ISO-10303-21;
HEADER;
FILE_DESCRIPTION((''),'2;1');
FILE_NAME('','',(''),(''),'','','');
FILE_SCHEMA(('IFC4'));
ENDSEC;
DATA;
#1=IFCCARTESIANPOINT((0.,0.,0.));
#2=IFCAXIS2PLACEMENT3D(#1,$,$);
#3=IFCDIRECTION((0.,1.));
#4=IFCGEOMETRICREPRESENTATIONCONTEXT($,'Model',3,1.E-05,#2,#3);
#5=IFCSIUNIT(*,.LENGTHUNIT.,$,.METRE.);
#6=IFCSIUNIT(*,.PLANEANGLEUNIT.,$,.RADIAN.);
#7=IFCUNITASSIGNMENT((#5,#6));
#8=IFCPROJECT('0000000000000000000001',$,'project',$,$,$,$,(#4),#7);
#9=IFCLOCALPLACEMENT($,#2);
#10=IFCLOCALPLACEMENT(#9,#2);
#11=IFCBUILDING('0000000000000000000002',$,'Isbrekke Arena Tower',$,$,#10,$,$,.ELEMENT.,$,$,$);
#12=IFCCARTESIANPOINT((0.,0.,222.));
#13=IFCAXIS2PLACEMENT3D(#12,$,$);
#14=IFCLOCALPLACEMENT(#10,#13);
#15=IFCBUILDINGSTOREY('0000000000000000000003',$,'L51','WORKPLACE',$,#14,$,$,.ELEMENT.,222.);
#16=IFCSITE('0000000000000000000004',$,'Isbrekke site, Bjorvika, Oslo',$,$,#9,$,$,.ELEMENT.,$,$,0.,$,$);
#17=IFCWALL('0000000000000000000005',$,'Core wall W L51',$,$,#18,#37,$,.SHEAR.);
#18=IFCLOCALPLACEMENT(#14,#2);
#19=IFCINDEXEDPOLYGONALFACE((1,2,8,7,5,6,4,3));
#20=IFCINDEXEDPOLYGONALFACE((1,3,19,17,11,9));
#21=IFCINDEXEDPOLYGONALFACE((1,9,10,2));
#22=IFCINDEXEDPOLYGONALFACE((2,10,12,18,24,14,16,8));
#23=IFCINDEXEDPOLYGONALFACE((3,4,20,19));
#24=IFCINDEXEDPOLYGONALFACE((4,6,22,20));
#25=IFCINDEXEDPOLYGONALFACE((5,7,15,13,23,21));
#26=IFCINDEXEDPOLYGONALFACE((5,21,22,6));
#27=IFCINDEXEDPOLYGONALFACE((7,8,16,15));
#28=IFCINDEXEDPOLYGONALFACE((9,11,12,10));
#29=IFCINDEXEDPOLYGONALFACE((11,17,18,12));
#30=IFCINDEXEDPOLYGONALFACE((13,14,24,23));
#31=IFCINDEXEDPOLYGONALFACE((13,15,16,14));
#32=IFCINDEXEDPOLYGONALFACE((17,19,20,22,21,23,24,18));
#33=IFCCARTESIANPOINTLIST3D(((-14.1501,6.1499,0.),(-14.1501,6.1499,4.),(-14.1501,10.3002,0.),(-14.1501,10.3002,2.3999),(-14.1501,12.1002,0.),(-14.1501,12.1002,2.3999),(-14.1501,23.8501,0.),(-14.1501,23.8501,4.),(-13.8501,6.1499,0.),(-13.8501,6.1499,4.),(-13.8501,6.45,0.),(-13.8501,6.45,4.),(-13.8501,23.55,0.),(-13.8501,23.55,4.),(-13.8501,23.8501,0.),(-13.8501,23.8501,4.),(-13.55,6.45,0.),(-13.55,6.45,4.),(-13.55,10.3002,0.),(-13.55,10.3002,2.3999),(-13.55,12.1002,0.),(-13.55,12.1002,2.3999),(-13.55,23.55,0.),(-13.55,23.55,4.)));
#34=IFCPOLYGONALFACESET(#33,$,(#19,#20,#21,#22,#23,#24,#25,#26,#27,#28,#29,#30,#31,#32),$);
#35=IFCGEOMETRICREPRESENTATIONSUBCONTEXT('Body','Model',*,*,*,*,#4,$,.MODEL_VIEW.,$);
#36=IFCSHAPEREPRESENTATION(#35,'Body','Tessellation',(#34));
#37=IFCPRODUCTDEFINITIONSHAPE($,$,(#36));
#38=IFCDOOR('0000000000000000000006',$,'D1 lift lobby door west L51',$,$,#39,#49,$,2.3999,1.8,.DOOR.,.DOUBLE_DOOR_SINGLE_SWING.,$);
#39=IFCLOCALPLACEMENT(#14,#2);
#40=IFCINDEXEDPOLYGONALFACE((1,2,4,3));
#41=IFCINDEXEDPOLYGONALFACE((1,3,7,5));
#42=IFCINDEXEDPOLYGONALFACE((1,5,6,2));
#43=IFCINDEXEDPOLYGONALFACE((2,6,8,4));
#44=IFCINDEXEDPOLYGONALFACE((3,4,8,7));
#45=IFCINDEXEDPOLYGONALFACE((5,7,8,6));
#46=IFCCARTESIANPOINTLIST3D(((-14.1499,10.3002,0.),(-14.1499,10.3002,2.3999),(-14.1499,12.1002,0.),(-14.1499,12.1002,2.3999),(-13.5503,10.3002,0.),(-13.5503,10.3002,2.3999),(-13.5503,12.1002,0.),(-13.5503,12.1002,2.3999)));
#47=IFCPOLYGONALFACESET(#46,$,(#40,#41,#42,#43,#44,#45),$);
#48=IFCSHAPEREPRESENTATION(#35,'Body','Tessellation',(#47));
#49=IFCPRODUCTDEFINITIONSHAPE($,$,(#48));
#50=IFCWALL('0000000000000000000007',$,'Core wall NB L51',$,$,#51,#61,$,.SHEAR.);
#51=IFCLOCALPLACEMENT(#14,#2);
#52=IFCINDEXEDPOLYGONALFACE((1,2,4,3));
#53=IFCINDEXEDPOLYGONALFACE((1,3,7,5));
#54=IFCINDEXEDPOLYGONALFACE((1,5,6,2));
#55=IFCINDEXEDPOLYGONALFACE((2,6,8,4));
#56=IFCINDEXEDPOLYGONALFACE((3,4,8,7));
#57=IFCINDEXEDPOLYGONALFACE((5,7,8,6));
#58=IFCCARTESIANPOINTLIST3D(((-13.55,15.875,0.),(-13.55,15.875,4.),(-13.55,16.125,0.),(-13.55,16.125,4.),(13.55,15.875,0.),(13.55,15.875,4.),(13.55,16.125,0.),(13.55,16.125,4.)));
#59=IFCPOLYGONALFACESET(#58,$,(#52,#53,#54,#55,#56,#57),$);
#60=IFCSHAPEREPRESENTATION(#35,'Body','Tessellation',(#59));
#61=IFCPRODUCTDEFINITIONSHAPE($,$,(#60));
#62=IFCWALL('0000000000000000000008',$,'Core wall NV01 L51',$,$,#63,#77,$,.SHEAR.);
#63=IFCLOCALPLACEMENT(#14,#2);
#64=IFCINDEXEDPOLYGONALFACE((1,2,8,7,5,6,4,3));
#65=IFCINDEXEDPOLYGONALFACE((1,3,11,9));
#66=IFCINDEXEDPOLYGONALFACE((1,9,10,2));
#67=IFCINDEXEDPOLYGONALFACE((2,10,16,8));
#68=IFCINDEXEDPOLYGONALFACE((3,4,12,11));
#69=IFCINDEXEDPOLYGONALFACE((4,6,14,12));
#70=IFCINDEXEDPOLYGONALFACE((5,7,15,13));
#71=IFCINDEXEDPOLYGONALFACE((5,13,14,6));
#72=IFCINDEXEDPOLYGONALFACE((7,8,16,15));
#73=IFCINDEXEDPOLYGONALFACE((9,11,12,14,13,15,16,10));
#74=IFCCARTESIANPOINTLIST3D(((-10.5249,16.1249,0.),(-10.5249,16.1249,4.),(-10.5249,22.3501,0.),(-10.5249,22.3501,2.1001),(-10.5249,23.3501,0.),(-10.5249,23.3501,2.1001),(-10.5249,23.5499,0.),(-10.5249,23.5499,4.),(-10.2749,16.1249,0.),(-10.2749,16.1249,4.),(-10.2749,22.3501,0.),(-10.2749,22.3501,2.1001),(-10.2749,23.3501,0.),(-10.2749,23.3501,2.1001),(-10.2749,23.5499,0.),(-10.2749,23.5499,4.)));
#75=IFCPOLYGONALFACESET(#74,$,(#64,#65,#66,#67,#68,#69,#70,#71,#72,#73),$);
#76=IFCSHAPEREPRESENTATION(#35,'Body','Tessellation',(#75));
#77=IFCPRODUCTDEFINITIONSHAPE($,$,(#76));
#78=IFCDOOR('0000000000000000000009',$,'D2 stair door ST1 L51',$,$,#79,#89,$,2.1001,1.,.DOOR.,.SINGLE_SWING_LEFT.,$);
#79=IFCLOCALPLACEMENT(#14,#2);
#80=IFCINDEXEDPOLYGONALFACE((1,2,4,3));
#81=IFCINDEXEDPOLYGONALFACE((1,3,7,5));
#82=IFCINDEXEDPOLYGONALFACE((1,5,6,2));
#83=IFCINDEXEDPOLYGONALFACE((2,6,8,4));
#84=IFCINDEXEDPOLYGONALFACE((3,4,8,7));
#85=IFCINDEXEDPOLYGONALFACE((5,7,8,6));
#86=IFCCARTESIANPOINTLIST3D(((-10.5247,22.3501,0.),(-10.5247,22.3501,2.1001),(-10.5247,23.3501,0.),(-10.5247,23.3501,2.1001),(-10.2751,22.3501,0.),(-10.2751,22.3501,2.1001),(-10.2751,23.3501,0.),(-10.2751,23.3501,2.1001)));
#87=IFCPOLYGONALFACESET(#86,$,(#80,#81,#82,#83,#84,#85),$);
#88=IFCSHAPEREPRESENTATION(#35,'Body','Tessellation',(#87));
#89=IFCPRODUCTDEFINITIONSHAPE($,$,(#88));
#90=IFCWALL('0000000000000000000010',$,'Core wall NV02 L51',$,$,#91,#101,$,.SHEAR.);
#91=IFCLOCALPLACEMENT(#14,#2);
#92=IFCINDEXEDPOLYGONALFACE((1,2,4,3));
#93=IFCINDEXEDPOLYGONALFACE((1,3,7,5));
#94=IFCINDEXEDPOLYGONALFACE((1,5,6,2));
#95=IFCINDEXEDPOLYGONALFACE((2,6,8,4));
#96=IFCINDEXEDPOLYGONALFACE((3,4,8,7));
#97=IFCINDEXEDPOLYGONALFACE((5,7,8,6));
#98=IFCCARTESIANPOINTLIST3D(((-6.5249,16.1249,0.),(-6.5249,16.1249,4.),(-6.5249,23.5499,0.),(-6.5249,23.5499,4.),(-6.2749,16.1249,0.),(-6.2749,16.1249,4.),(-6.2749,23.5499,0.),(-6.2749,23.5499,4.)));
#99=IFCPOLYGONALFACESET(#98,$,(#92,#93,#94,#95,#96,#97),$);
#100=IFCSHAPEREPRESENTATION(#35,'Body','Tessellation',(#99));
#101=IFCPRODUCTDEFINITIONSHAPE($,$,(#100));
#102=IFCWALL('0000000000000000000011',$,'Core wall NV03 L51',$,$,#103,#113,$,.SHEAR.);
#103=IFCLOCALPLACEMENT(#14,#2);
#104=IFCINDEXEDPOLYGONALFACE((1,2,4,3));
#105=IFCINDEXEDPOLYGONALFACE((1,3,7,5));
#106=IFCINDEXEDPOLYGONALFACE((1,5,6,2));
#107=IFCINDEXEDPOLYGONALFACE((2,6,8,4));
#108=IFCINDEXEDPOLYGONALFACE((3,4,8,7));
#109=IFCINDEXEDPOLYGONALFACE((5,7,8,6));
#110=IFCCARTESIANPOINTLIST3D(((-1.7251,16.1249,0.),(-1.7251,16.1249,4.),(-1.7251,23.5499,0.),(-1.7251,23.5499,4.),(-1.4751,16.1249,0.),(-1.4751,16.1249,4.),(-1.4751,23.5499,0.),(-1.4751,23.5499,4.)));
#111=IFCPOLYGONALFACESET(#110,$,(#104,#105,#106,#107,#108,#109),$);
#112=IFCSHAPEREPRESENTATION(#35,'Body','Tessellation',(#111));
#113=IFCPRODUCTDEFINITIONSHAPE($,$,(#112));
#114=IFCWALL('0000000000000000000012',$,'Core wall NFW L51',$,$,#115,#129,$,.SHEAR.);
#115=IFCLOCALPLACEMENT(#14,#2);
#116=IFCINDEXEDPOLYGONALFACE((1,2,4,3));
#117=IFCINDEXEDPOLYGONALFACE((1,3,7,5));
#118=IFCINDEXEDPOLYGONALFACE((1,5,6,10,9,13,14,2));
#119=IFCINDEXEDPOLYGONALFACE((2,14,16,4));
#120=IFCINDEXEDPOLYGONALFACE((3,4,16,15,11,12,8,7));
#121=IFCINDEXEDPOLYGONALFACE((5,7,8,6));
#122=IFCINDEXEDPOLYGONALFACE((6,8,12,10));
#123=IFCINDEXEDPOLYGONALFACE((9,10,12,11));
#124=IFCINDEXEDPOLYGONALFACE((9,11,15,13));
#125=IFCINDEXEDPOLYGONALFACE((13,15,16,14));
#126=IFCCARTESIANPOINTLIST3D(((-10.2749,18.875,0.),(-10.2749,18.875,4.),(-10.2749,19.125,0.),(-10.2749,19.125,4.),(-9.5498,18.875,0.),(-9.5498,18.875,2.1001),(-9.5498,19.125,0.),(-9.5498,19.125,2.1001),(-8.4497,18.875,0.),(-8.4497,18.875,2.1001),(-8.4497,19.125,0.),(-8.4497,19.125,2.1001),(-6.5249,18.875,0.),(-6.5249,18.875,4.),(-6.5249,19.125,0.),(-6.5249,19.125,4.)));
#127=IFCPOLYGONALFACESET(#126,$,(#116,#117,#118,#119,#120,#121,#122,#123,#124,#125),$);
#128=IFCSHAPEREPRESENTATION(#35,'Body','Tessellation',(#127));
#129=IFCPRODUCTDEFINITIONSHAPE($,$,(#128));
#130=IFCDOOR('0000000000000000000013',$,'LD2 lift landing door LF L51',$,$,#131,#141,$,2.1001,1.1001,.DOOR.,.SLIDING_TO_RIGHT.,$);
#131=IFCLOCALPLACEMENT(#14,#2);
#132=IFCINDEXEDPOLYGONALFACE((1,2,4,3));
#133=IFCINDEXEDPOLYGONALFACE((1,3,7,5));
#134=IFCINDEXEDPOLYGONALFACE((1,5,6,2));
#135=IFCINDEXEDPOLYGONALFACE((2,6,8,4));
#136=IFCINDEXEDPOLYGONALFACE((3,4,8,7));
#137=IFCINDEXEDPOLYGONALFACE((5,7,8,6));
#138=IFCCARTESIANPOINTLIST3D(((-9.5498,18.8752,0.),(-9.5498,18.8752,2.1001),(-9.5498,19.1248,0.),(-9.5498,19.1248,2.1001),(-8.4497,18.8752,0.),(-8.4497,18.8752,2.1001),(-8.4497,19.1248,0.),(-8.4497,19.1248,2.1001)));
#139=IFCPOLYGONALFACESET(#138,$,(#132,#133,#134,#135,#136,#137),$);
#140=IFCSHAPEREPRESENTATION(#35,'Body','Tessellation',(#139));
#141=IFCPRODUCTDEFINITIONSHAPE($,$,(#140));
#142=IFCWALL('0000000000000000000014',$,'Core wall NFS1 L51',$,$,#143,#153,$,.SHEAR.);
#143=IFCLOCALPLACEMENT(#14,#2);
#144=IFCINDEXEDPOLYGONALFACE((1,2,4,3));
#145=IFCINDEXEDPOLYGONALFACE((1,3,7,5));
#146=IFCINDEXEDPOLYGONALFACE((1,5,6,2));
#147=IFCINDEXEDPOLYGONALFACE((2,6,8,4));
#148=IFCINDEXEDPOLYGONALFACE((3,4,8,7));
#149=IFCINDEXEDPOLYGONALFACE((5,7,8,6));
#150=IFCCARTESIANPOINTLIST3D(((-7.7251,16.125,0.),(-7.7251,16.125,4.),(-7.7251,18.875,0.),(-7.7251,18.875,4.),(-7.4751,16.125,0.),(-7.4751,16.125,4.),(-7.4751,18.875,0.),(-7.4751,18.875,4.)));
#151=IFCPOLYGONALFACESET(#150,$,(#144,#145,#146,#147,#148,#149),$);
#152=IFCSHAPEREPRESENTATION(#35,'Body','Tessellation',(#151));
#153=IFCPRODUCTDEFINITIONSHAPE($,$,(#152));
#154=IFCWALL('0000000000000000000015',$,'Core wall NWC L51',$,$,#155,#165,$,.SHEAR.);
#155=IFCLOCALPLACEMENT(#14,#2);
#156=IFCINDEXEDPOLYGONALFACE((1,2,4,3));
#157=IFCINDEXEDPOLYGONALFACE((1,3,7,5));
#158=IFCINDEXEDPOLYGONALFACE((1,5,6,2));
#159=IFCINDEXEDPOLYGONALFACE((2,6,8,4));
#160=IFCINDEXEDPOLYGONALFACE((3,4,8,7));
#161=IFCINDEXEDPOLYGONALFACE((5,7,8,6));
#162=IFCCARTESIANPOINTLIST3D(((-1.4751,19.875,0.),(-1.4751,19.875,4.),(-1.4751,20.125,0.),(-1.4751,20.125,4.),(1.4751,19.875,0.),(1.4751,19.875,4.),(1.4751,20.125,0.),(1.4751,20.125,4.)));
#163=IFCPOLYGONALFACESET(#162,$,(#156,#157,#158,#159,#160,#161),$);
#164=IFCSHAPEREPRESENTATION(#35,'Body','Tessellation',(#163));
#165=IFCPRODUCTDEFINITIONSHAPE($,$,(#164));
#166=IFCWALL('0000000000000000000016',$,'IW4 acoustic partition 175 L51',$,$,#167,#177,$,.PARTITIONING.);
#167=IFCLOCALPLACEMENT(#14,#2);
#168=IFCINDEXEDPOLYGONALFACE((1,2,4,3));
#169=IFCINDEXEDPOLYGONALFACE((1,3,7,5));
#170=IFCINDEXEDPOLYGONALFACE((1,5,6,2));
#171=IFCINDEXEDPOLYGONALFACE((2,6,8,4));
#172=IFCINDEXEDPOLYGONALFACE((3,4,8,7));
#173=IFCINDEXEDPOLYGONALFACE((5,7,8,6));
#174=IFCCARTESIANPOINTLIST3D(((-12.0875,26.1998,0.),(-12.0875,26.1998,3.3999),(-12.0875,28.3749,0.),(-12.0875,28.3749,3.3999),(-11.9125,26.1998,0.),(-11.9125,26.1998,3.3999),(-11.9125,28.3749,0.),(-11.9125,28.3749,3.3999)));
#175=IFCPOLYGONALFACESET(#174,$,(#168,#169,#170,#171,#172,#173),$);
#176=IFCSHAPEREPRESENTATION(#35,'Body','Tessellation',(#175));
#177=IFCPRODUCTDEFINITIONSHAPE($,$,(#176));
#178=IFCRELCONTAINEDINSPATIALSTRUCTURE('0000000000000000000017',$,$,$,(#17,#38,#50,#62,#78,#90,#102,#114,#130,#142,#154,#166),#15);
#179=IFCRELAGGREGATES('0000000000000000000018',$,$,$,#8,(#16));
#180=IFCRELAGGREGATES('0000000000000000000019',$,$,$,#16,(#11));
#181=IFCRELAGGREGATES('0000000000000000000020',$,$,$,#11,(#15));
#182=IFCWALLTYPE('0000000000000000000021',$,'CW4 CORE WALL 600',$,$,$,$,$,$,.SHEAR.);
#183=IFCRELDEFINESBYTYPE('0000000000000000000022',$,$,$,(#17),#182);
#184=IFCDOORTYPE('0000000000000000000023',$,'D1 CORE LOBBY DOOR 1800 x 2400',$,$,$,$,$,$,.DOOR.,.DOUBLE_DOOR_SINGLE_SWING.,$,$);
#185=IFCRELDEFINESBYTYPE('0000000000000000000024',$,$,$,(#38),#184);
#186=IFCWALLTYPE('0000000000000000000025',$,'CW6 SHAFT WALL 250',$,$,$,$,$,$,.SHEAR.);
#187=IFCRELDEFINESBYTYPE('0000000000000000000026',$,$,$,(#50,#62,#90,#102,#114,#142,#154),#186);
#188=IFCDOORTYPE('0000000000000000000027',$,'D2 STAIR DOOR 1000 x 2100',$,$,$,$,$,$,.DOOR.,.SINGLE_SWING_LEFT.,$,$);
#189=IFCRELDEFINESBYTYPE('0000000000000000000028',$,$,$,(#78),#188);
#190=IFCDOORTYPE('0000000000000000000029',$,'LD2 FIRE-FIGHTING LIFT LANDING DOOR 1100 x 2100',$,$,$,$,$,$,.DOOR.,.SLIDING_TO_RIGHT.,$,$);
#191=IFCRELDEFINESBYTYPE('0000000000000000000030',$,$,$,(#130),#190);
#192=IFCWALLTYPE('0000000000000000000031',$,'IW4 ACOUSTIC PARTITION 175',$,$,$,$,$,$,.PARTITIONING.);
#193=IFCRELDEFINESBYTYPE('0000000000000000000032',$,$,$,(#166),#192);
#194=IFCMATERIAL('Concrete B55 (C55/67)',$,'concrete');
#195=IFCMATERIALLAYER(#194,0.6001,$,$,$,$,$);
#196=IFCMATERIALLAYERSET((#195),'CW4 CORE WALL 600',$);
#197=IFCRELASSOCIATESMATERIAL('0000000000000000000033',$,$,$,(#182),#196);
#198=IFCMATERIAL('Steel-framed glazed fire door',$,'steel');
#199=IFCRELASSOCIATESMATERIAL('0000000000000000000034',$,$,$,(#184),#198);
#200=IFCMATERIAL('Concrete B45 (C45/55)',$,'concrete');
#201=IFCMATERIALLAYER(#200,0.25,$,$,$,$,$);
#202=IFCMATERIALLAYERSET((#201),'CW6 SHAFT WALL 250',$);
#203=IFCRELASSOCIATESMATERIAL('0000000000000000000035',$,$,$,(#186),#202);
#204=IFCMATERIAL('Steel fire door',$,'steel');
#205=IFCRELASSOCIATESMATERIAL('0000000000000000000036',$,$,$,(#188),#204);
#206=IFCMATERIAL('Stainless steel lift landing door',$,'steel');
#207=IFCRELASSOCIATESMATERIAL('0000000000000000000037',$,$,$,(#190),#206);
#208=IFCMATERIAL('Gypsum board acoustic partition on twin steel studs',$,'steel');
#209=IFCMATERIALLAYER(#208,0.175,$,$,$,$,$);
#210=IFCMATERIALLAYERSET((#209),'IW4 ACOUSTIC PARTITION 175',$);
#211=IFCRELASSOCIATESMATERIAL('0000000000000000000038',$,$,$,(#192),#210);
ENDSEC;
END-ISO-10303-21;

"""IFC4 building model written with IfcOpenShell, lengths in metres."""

from ifc_helpers import new_model, si_unit, direction, frame, frame_2d, origin, place, context, subcontext, project, spatial, polyline, rectangle, outline, extrude, material, layer, layer_set, type_object, element, fill, save


model = new_model("IFC4")

# Units and contexts
model_context = context("Model", 3, precision=1e-05, world=origin(), true_north=direction((0.0, 1.0)))
body_context = subcontext(model_context, "Body", "Model", "MODEL_VIEW")
ifc_project = project(units=[si_unit("LENGTHUNIT", "METRE"), si_unit("PLANEANGLEUNIT", "RADIAN")], contexts=[model_context])

# Site, building, storey
site_placement = place(None, origin())
site = spatial("IfcSite", under=ifc_project, at=site_placement, Name="Isbrekke site, Bjorvika, Oslo", CompositionType="ELEMENT", RefElevation=0.0)
building_placement = place(site_placement, origin())
building = spatial("IfcBuilding", under=site, at=building_placement, Name="Isbrekke Arena Tower", CompositionType="ELEMENT")
storey_placement = place(building_placement, frame((0.0, 0.0, 222.0)))
storey = spatial("IfcBuildingStorey", under=building, at=storey_placement, Name="L51", Description="WORKPLACE", CompositionType="ELEMENT", Elevation=222.0)

# Wall, opening, door
ifc_material_1 = material(Name="Concrete B55 (C55/67)", Category="concrete")
ifc_layer_1 = layer(ifc_material_1, 0.6001)
ifc_layer_set_1 = layer_set([ifc_layer_1], Name="CW4 CORE WALL 600")
wall_type_1 = type_object("IfcWallType", Name="CW4 CORE WALL 600", PredefinedType="SHEAR", material=ifc_layer_set_1)
wall_1_placement = place(storey_placement, frame((-13.8501, 23.8501, 0.0), z_axis=(0.0, 0.0, 1.0), x_axis=(0.0, -1.0, 0.0)))
wall_1 = element("IfcWall", 1, at=wall_1_placement, inside=storey, type_object=wall_type_1, Name="Core wall W L51", PredefinedType="SHEAR", context=body_context, shape_type="SweptSolid", body=[
    extrude(outline(polyline([(0.0, -0.3), (17.7002, -0.3), (17.7002, 0.0), (17.4001, 0.0), (17.4001, 0.3), (0.3, 0.3), (0.3, 0.0), (0.0, 0.0), (0.0, -0.3)])), origin(), (0.0, 0.0, 1.0), 4.0),
])
opening_1_placement = place(wall_1_placement, frame((11.75, 0.0, 0.0)))
opening_1 = element("IfcOpeningElement", 2, at=opening_1_placement, cuts=wall_1, PredefinedType="OPENING", context=body_context, shape_type="SweptSolid", body=[
    extrude(rectangle(XDim=1.8, YDim=2.3999, at=frame_2d((0.8999, 1.2))), frame((0.0, 0.3149, 0.0), z_axis=(0.0, -1.0, 0.0), x_axis=(1.0, 0.0, 0.0)), (0.0, 0.0, 1.0), 0.6299),
])
ifc_material_2 = material(Name="Steel-framed glazed fire door", Category="steel")
door_type_1 = type_object("IfcDoorType", Name="D1 CORE LOBBY DOOR 1800 x 2400", OperationType="DOUBLE_DOOR_SINGLE_SWING", PredefinedType="DOOR", material=ifc_material_2)
door_1_placement = place(opening_1_placement, origin())
door_1 = element("IfcDoor", 3, at=door_1_placement, inside=storey, type_object=door_type_1, Name="D1 lift lobby door west L51", OperationType="DOUBLE_DOOR_SINGLE_SWING", OverallHeight=2.3999, OverallWidth=1.8, PredefinedType="DOOR", context=body_context, shape_type="SweptSolid", body=[
    extrude(rectangle(XDim=1.8, YDim=2.3999, at=frame_2d((0.8999, 1.2))), frame((0.0, 0.2998, 0.0), z_axis=(0.0, -1.0, 0.0), x_axis=(1.0, 0.0, 0.0)), (0.0, 0.0, 1.0), 0.5996),
])
fill(opening_1, door_1)

# Wall
ifc_material_3 = material(Name="Concrete B45 (C45/55)", Category="concrete")
ifc_layer_2 = layer(ifc_material_3, 0.25)
ifc_layer_set_2 = layer_set([ifc_layer_2], Name="CW6 SHAFT WALL 250")
wall_type_2 = type_object("IfcWallType", Name="CW6 SHAFT WALL 250", PredefinedType="SHEAR", material=ifc_layer_set_2)
wall_2_placement = place(storey_placement, frame((-13.55, 16.0, 0.0), z_axis=(0.0, 0.0, 1.0), x_axis=(1.0, 0.0, 0.0)))
element("IfcWall", 4, at=wall_2_placement, inside=storey, type_object=wall_type_2, Name="Core wall NB L51", PredefinedType="SHEAR", context=body_context, shape_type="SweptSolid", body=[
    extrude(rectangle(XDim=27.1001, YDim=0.25, at=frame_2d((13.55, 0.0))), origin(), (0.0, 0.0, 1.0), 4.0),
])

# Wall, opening, door
wall_3_placement = place(storey_placement, frame((-10.3999, 16.125, 0.0), z_axis=(0.0, 0.0, 1.0), x_axis=(0.0, 1.0, 0.0)))
wall_3 = element("IfcWall", 5, at=wall_3_placement, inside=storey, type_object=wall_type_2, Name="Core wall NV01 L51", PredefinedType="SHEAR", context=body_context, shape_type="SweptSolid", body=[
    extrude(rectangle(XDim=7.425, YDim=0.25, at=frame_2d((3.7124, 0.0))), origin(), (0.0, 0.0, 1.0), 4.0),
])
opening_2_placement = place(wall_3_placement, frame((6.2251, 0.0, 0.0)))
opening_2 = element("IfcOpeningElement", 6, at=opening_2_placement, cuts=wall_3, PredefinedType="OPENING", context=body_context, shape_type="SweptSolid", body=[
    extrude(rectangle(XDim=1.0, YDim=2.1001, at=frame_2d((0.5, 1.05))), frame((0.0, 0.1399, 0.0), z_axis=(0.0, -1.0, 0.0), x_axis=(1.0, 0.0, 0.0)), (0.0, 0.0, 1.0), 0.2798),
])
ifc_material_4 = material(Name="Steel fire door", Category="steel")
door_type_2 = type_object("IfcDoorType", Name="D2 STAIR DOOR 1000 x 2100", OperationType="SINGLE_SWING_LEFT", PredefinedType="DOOR", material=ifc_material_4)
door_2_placement = place(opening_2_placement, origin())
door_2 = element("IfcDoor", 7, at=door_2_placement, inside=storey, type_object=door_type_2, Name="D2 stair door ST1 L51", OperationType="SINGLE_SWING_LEFT", OverallHeight=2.1001, OverallWidth=1.0, PredefinedType="DOOR", context=body_context, shape_type="SweptSolid", body=[
    extrude(rectangle(XDim=1.0, YDim=2.1001, at=frame_2d((0.5, 1.05))), frame((0.0, 0.1248, 0.0), z_axis=(0.0, -1.0, 0.0), x_axis=(1.0, 0.0, 0.0)), (0.0, 0.0, 1.0), 0.2495),
])
fill(opening_2, door_2)

# Walls
for number, where, z_axis, x_axis, name in (
    (8, (-6.3999, 16.125, 0.0), (0.0, 0.0, 1.0), (0.0, 1.0, 0.0), "Core wall NV02 L51"),
    (9, (-1.6001, 16.125, 0.0), (0.0, 0.0, 1.0), (0.0, 1.0, 0.0), "Core wall NV03 L51"),
):
    element("IfcWall", number, at=place(storey_placement, frame(where, z_axis=z_axis, x_axis=x_axis)), inside=storey, type_object=wall_type_2, Name=name, PredefinedType="SHEAR", context=body_context, shape_type="SweptSolid", body=[
        extrude(rectangle(XDim=7.425, YDim=0.25, at=frame_2d((3.7124, 0.0))), origin(), (0.0, 0.0, 1.0), 4.0),
    ])

# Wall, opening, door
wall_4_placement = place(storey_placement, frame((-10.2749, 19.0, 0.0), z_axis=(0.0, 0.0, 1.0), x_axis=(1.0, 0.0, 0.0)))
wall_4 = element("IfcWall", 10, at=wall_4_placement, inside=storey, type_object=wall_type_2, Name="Core wall NFW L51", PredefinedType="SHEAR", context=body_context, shape_type="SweptSolid", body=[
    extrude(rectangle(XDim=3.75, YDim=0.25, at=frame_2d((1.875, 0.0))), origin(), (0.0, 0.0, 1.0), 4.0),
])
opening_3_placement = place(wall_4_placement, frame((0.7251, 0.0, 0.0)))
opening_3 = element("IfcOpeningElement", 11, at=opening_3_placement, cuts=wall_4, PredefinedType="OPENING", context=body_context, shape_type="SweptSolid", body=[
    extrude(rectangle(XDim=1.1001, YDim=2.1001, at=frame_2d((0.55, 1.05))), frame((0.0, 0.1399, 0.0), z_axis=(0.0, -1.0, 0.0), x_axis=(1.0, 0.0, 0.0)), (0.0, 0.0, 1.0), 0.2798),
])
ifc_material_5 = material(Name="Stainless steel lift landing door", Category="steel")
door_type_3 = type_object("IfcDoorType", Name="LD2 FIRE-FIGHTING LIFT LANDING DOOR 1100 x 2100", OperationType="SLIDING_TO_RIGHT", PredefinedType="DOOR", material=ifc_material_5)
door_3_placement = place(opening_3_placement, origin())
door_3 = element("IfcDoor", 12, at=door_3_placement, inside=storey, type_object=door_type_3, Name="LD2 lift landing door LF L51", OperationType="SLIDING_TO_RIGHT", OverallHeight=2.1001, OverallWidth=1.1001, PredefinedType="DOOR", context=body_context, shape_type="SweptSolid", body=[
    extrude(rectangle(XDim=1.1001, YDim=2.1001, at=frame_2d((0.55, 1.05))), frame((0.0, 0.1248, 0.0), z_axis=(0.0, -1.0, 0.0), x_axis=(1.0, 0.0, 0.0)), (0.0, 0.0, 1.0), 0.2495),
])
fill(opening_3, door_3)

# Walls
wall_5_placement = place(storey_placement, frame((-7.6001, 16.125, 0.0), z_axis=(0.0, 0.0, 1.0), x_axis=(0.0, 1.0, 0.0)))
element("IfcWall", 13, at=wall_5_placement, inside=storey, type_object=wall_type_2, Name="Core wall NFS1 L51", PredefinedType="SHEAR", context=body_context, shape_type="SweptSolid", body=[
    extrude(rectangle(XDim=2.75, YDim=0.25, at=frame_2d((1.375, 0.0))), origin(), (0.0, 0.0, 1.0), 4.0),
])
wall_6_placement = place(storey_placement, frame((-1.4751, 20.0, 0.0), z_axis=(0.0, 0.0, 1.0), x_axis=(1.0, 0.0, 0.0)))
element("IfcWall", 14, at=wall_6_placement, inside=storey, type_object=wall_type_2, Name="Core wall NWC L51", PredefinedType="SHEAR", context=body_context, shape_type="SweptSolid", body=[
    extrude(rectangle(XDim=2.9502, YDim=0.25, at=frame_2d((1.4751, 0.0))), origin(), (0.0, 0.0, 1.0), 4.0),
])

# Wall
ifc_material_6 = material(Name="Gypsum board acoustic partition on twin steel studs", Category="steel")
ifc_layer_3 = layer(ifc_material_6, 0.175)
ifc_layer_set_3 = layer_set([ifc_layer_3], Name="IW4 ACOUSTIC PARTITION 175")
wall_type_3 = type_object("IfcWallType", Name="IW4 ACOUSTIC PARTITION 175", PredefinedType="PARTITIONING", material=ifc_layer_set_3)
wall_7_placement = place(storey_placement, frame((-12.0, 26.2, 0.0), z_axis=(0.0, 0.0, 1.0), x_axis=(0.0, 1.0, 0.0)))
element("IfcWall", 15, at=wall_7_placement, inside=storey, type_object=wall_type_3, Name="IW4 acoustic partition 175 L51", PredefinedType="PARTITIONING", context=body_context, shape_type="SweptSolid", body=[
    extrude(rectangle(XDim=2.175, YDim=0.175, at=frame_2d((1.0874, 0.0))), origin(), (0.0, 0.0, 1.0), 3.3999),
])

save(model, "model.ifc")
